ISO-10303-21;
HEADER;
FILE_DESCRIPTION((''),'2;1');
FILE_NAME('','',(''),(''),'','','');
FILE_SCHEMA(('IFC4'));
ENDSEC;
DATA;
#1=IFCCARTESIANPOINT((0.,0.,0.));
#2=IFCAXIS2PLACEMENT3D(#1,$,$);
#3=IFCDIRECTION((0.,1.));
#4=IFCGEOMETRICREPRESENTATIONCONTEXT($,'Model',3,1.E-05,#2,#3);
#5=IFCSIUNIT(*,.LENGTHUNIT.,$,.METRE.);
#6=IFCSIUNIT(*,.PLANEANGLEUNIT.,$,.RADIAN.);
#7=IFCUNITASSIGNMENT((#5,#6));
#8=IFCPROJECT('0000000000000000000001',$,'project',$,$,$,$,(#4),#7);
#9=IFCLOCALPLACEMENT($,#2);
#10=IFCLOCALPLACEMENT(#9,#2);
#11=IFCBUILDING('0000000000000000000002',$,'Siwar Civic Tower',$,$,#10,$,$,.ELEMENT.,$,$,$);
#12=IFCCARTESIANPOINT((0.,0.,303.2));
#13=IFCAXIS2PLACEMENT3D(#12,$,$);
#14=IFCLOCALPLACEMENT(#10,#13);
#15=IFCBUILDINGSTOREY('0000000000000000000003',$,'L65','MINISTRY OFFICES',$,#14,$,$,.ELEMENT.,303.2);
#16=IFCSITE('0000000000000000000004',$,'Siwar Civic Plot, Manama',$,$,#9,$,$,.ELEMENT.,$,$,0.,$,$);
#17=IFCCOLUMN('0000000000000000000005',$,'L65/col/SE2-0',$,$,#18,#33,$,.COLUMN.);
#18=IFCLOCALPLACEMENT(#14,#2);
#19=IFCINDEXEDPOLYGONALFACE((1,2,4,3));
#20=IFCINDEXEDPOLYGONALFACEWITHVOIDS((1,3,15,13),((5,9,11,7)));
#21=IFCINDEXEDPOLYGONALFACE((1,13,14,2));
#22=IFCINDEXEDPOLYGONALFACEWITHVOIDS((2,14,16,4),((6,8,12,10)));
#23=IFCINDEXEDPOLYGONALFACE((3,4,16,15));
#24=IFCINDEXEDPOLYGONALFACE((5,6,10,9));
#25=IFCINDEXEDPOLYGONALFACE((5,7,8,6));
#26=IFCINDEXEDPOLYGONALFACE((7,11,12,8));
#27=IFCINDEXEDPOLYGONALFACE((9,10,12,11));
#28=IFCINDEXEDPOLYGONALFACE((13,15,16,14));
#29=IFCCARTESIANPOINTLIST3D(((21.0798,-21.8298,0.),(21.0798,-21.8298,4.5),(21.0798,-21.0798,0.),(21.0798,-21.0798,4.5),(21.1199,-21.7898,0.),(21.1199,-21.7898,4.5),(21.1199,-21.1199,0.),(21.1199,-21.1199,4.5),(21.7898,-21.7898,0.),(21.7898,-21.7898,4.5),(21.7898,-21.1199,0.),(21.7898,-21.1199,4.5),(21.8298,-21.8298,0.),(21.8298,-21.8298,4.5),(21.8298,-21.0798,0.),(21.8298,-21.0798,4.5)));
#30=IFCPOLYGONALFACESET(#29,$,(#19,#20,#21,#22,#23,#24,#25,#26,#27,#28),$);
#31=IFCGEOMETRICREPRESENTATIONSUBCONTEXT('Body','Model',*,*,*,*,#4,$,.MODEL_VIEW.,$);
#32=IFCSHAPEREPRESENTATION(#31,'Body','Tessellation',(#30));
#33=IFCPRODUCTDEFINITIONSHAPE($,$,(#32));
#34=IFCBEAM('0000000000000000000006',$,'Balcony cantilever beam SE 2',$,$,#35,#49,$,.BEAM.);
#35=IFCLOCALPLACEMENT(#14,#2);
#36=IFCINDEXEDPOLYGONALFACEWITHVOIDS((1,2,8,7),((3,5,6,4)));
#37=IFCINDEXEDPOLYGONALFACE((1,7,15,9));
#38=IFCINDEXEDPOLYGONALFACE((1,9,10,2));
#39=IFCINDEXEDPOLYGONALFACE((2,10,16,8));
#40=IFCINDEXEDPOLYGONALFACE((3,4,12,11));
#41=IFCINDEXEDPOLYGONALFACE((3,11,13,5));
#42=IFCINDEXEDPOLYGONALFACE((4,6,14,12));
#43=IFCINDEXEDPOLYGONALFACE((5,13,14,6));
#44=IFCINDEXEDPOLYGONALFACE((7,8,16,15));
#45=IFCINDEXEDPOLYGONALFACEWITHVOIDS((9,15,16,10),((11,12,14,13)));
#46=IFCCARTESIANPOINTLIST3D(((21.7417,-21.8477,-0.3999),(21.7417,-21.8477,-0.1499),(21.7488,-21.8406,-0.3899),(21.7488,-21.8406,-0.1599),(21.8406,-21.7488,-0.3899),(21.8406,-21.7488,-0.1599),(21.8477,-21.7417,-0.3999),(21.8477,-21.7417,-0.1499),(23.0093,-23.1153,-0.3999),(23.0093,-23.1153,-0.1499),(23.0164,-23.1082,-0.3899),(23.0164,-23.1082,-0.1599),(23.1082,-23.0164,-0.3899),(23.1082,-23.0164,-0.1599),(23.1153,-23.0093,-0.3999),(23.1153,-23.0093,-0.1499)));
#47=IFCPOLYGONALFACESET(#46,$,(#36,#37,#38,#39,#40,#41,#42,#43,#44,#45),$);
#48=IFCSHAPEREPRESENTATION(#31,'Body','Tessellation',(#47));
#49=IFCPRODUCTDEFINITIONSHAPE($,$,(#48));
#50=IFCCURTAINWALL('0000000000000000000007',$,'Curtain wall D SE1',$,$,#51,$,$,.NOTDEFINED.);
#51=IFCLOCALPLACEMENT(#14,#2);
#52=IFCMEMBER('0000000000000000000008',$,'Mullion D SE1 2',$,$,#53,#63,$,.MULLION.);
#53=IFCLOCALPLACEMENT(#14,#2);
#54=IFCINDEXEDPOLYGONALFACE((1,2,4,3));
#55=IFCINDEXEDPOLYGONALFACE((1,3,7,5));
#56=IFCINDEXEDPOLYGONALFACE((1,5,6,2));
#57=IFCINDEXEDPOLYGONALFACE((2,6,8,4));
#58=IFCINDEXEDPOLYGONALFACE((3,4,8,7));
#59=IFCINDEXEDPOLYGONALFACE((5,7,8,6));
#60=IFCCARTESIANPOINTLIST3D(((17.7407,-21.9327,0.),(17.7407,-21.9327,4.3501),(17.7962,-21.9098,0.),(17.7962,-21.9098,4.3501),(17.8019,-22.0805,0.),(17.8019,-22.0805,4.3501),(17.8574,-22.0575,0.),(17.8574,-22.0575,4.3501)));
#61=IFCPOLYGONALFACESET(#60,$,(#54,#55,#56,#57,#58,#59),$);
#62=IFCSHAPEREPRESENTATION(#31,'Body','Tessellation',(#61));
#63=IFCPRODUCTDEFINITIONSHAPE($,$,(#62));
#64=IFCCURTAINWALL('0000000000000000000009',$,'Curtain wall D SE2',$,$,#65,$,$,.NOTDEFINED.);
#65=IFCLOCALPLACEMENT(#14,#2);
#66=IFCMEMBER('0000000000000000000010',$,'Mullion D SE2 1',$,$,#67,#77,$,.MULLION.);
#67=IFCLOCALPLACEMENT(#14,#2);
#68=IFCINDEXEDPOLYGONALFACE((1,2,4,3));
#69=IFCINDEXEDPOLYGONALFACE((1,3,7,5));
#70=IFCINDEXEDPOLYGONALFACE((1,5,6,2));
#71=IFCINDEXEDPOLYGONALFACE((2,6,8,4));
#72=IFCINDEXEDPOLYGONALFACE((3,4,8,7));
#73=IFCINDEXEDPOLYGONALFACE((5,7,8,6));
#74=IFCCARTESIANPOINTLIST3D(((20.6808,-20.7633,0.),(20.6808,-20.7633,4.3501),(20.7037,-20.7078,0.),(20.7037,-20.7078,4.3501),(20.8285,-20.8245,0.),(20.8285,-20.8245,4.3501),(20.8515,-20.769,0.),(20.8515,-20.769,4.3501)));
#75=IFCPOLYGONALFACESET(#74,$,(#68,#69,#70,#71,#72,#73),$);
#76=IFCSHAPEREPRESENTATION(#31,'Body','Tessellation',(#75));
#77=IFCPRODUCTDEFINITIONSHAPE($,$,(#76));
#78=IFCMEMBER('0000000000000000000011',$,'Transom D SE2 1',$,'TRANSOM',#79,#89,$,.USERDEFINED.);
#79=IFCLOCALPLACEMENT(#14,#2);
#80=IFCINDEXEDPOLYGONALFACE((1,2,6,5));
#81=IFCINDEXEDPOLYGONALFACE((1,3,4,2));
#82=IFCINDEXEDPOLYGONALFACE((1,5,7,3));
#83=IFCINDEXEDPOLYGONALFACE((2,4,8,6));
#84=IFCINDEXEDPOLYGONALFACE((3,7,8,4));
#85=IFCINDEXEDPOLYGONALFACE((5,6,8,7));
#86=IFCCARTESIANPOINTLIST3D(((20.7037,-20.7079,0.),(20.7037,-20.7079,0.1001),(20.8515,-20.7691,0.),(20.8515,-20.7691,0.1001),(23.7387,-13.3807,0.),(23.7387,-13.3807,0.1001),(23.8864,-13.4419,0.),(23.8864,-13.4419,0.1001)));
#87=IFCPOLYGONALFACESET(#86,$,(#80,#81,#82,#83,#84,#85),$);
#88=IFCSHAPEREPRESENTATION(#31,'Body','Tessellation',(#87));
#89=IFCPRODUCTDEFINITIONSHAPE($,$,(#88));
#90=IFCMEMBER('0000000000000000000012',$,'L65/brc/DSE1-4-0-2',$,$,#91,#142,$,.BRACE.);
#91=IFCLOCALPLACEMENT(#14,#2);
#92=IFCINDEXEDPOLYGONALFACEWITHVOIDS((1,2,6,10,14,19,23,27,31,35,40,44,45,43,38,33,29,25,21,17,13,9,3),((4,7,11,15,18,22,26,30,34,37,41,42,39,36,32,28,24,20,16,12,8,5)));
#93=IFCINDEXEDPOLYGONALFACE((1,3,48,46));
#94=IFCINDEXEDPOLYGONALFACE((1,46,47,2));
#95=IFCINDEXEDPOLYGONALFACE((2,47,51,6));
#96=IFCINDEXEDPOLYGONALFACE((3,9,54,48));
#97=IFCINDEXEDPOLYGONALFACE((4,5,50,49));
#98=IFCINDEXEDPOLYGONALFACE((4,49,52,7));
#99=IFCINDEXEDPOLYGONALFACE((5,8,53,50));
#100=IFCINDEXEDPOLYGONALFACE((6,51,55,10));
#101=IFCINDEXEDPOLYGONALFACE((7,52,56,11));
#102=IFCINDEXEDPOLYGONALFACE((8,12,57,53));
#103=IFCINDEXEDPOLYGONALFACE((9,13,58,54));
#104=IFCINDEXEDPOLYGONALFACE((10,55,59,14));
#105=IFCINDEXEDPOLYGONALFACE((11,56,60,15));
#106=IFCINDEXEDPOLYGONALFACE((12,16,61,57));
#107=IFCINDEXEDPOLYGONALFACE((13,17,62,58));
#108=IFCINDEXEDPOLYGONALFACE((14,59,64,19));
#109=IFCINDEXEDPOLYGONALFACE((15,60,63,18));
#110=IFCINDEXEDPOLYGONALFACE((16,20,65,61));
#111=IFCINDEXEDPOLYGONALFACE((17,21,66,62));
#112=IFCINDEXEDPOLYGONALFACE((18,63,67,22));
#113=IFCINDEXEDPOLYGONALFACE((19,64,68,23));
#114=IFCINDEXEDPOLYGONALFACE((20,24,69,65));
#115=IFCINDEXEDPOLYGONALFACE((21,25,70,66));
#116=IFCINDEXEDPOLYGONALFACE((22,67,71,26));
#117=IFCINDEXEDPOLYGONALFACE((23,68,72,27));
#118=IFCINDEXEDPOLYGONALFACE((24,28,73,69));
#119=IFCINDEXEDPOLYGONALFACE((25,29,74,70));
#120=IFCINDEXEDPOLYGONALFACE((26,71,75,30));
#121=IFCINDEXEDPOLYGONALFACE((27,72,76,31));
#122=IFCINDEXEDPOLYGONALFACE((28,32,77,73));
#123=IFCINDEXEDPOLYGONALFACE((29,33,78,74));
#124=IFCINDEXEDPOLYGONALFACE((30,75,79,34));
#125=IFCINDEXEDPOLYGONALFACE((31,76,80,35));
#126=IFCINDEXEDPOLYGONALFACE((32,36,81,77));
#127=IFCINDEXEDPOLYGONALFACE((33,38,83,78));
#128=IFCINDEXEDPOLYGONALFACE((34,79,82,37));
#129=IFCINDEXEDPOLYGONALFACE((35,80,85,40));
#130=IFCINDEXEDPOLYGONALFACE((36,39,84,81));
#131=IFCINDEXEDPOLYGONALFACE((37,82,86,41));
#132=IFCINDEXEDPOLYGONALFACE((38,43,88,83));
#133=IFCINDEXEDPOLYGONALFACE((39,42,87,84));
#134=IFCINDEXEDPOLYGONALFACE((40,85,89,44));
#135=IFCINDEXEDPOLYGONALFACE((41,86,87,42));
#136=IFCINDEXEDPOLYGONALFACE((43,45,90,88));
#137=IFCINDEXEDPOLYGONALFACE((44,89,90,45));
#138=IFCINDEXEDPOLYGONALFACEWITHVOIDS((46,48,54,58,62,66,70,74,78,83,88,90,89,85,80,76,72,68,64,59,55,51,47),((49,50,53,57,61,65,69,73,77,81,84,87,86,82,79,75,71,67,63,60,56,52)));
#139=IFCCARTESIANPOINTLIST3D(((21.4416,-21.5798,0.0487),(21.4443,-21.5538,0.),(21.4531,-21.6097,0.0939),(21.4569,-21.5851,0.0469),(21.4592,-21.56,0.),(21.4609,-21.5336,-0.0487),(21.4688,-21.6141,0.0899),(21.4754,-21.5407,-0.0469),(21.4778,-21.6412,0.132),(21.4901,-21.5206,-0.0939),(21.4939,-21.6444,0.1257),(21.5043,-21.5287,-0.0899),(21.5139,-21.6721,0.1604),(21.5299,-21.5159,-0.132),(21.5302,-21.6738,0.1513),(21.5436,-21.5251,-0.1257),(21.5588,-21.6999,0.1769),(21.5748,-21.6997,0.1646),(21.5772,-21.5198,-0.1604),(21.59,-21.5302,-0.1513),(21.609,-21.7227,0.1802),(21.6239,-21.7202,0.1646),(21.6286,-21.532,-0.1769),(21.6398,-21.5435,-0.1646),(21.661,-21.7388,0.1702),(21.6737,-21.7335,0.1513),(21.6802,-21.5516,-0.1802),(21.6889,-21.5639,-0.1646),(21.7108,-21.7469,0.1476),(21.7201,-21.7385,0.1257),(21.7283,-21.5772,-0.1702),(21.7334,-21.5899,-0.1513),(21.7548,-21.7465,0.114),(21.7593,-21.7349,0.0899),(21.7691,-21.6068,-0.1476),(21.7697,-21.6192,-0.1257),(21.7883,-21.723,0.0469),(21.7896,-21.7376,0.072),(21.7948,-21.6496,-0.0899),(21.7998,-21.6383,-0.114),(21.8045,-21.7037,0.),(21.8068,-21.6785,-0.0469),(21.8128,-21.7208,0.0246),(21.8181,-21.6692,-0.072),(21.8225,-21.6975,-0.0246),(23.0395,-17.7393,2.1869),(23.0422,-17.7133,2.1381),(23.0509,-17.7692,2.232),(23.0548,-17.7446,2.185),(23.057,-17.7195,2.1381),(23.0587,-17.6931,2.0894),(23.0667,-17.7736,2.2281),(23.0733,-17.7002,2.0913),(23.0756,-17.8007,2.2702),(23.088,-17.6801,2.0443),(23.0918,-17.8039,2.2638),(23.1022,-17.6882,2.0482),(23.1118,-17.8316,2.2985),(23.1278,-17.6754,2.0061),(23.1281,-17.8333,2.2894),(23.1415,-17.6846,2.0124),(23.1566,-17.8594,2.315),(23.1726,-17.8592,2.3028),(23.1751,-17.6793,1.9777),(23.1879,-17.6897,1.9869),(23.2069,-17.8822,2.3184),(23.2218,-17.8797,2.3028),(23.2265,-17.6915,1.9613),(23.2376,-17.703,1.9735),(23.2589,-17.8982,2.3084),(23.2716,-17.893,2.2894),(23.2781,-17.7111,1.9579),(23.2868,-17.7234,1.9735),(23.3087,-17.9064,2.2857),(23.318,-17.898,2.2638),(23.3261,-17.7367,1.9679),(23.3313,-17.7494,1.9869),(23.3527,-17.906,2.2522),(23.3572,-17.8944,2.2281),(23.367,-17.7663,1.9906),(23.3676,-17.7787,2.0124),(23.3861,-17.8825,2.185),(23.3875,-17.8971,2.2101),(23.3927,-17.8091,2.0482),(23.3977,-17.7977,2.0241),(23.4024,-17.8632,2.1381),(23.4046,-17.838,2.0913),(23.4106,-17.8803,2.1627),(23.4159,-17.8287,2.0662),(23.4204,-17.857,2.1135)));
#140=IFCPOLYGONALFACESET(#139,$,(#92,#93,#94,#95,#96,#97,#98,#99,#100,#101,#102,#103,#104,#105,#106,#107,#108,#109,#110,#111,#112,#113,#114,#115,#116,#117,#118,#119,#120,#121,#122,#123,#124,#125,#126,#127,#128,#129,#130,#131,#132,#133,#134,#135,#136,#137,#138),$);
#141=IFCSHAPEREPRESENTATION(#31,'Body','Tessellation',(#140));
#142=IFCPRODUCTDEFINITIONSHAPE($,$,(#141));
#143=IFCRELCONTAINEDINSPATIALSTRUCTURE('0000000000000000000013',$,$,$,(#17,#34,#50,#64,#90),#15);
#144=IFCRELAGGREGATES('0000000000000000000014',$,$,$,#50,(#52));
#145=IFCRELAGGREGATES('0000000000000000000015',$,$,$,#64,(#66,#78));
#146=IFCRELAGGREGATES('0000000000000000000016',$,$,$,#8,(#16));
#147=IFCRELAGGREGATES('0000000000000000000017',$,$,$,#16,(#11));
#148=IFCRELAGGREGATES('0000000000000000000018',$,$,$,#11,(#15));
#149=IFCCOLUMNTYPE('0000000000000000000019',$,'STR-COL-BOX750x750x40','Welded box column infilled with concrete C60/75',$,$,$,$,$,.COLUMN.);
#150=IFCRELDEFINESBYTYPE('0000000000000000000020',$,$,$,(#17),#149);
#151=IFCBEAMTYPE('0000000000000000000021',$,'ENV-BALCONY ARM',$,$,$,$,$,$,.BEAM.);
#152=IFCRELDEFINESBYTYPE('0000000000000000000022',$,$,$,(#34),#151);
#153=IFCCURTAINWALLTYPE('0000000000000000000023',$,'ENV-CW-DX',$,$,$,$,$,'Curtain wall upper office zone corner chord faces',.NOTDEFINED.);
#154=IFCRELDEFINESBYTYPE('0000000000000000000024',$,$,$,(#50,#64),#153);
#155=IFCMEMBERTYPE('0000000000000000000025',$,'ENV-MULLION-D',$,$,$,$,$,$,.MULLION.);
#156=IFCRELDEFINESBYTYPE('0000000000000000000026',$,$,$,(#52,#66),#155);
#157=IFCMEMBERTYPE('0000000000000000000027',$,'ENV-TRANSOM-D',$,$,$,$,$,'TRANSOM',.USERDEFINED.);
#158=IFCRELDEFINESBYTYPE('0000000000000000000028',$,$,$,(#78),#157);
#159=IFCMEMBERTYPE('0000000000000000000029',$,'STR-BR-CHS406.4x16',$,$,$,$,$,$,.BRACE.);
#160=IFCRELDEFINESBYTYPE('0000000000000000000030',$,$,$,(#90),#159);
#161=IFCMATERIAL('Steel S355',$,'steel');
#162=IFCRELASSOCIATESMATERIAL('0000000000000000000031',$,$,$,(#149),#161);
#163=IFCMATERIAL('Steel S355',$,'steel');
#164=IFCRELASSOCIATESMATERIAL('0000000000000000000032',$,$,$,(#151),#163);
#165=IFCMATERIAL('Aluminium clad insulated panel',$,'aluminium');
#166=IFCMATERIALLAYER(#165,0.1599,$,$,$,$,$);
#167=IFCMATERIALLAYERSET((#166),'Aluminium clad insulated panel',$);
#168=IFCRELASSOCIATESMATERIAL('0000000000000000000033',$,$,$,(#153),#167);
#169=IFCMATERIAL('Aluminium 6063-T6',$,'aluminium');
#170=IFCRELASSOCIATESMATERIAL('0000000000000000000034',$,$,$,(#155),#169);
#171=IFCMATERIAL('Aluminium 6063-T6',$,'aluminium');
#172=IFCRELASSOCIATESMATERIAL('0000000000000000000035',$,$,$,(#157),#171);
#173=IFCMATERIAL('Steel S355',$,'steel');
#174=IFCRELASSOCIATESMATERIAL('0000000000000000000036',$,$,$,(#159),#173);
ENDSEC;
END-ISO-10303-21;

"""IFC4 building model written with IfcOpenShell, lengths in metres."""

from ifc_helpers import new_model, si_unit, direction, frame, origin, origin_2d, place, context, subcontext, project, spatial, rectangle, hollow_rectangle, hollow_circle, extrude, material, layer, layer_set, material_profile, profile_set, type_object, element, aggregate, save


model = new_model("IFC4")

# Units and contexts
model_context = context("Model", 3, precision=1e-05, world=origin(), true_north=direction((0.0, 1.0)))
body_context = subcontext(model_context, "Body", "Model", "MODEL_VIEW")
ifc_project = project(units=[si_unit("LENGTHUNIT", "METRE"), si_unit("PLANEANGLEUNIT", "RADIAN")], contexts=[model_context])

# Site, building, storey
site_placement = place(None, origin())
site = spatial("IfcSite", under=ifc_project, at=site_placement, Name="Siwar Civic Plot, Manama", CompositionType="ELEMENT", RefElevation=0.0)
building_placement = place(site_placement, origin())
building = spatial("IfcBuilding", under=site, at=building_placement, Name="Siwar Civic Tower", CompositionType="ELEMENT")
storey_placement = place(building_placement, frame((0.0, 0.0, 303.2)))
storey = spatial("IfcBuildingStorey", under=building, at=storey_placement, Name="L65", Description="MINISTRY OFFICES", CompositionType="ELEMENT", Elevation=303.2)

# Column
ifc_material_1 = material(Name="Steel S355", Category="steel")
ifc_material_profile_1 = material_profile(ifc_material_1, hollow_rectangle(XDim=0.75, YDim=0.75, WallThickness=0.04, at=origin_2d()), Name="BOX750x750x40")
ifc_profile_set_1 = profile_set([ifc_material_profile_1], Name="Steel S355")
column_type = type_object("IfcColumnType", Name="STR-COL-BOX750x750x40", Description="Welded box column infilled with concrete C60/75", PredefinedType="COLUMN", material=ifc_profile_set_1)
column_placement = place(storey_placement, frame((21.4548, -21.4548, 0.0), z_axis=(0.0, 0.0, 1.0), x_axis=(1.0, 0.0, 0.0)))
element("IfcColumn", 1, at=column_placement, inside=storey, type_object=column_type, Name="L65/col/SE2-0", PredefinedType="COLUMN", context=body_context, shape_type="SweptSolid", body=[
    extrude(hollow_rectangle(XDim=0.75, YDim=0.75, WallThickness=0.04, at=origin_2d()), origin(), (0.0, 0.0, 1.0), 4.5),
])

# Beam
ifc_material_2 = material(Name="Steel S355", Category="steel")
ifc_material_profile_2 = material_profile(ifc_material_2, hollow_rectangle(XDim=0.1499, YDim=0.25, WallThickness=0.01, at=origin_2d()), Name="RHS250x150x10")
ifc_profile_set_2 = profile_set([ifc_material_profile_2], Name="Steel S355")
beam_type_1 = type_object("IfcBeamType", Name="ENV-BALCONY ARM", PredefinedType="BEAM", material=ifc_profile_set_2)
beam_1_placement = place(storey_placement, frame((21.7947, -21.7947, -0.2749), z_axis=(0.707107, -0.707107, 0.0), x_axis=(0.707107, 0.707107, 0.0)))
element("IfcBeam", 2, at=beam_1_placement, inside=storey, type_object=beam_type_1, Name="Balcony cantilever beam SE 2", PredefinedType="BEAM", context=body_context, shape_type="SweptSolid", body=[
    extrude(hollow_rectangle(XDim=0.1499, YDim=0.25, WallThickness=0.01, at=origin_2d()), origin(), (0.0, 0.0, 1.0), 1.7927),
])

# Curtain wall, member
ifc_material_3 = material(Name="Aluminium clad insulated panel", Category="aluminium")
ifc_layer_1 = layer(ifc_material_3, 0.1599)
ifc_layer_set_1 = layer_set([ifc_layer_1], Name="Aluminium clad insulated panel")
curtain_wall_type = type_object("IfcCurtainWallType", Name="ENV-CW-DX", ElementType="Curtain wall upper office zone corner chord faces", PredefinedType="NOTDEFINED", material=ifc_layer_set_1)
curtain_wall_1_placement = place(storey_placement, origin())
curtain_wall_1 = element("IfcCurtainWall", 3, at=curtain_wall_1_placement, inside=storey, type_object=curtain_wall_type, Name="Curtain wall D SE1", PredefinedType="NOTDEFINED")
ifc_material_4 = material(Name="Aluminium 6063-T6", Category="aluminium")
ifc_material_profile_3 = material_profile(ifc_material_4, rectangle(XDim=0.1599, YDim=0.0601, at=origin_2d()), Name="AL 160x60")
ifc_profile_set_3 = profile_set([ifc_material_profile_3], Name="Aluminium 6063-T6")
member_type_1 = type_object("IfcMemberType", Name="ENV-MULLION-D", PredefinedType="MULLION", material=ifc_profile_set_3)
member_1_placement = place(storey_placement, frame((17.7991, -21.9951, 0.0), z_axis=(0.0, 0.0, 1.0), x_axis=(-0.382683, 0.92388, 0.0)))
member_1 = element("IfcMember", 4, at=member_1_placement, type_object=member_type_1, Name="Mullion D SE1 2", PredefinedType="MULLION", context=body_context, shape_type="SweptSolid", body=[
    extrude(rectangle(XDim=0.1599, YDim=0.0601, at=origin_2d()), origin(), (0.0, 0.0, 1.0), 4.3501),
])

# Curtain wall, members
curtain_wall_2_placement = place(storey_placement, origin())
curtain_wall_2 = element("IfcCurtainWall", 5, at=curtain_wall_2_placement, inside=storey, type_object=curtain_wall_type, Name="Curtain wall D SE2", PredefinedType="NOTDEFINED")
member_2_placement = place(storey_placement, frame((20.7661, -20.7661, 0.0), z_axis=(0.0, 0.0, 1.0), x_axis=(-0.92388, 0.382683, 0.0)))
member_2 = element("IfcMember", 6, at=member_2_placement, type_object=member_type_1, Name="Mullion D SE2 1", PredefinedType="MULLION", context=body_context, shape_type="SweptSolid", body=[
    extrude(rectangle(XDim=0.1599, YDim=0.0601, at=origin_2d()), origin(), (0.0, 0.0, 1.0), 4.3501),
])
ifc_material_5 = material(Name="Aluminium 6063-T6", Category="aluminium")
ifc_material_profile_4 = material_profile(ifc_material_5, rectangle(XDim=0.1599, YDim=0.1001, at=origin_2d()), Name="AL 160x100")
ifc_profile_set_4 = profile_set([ifc_material_profile_4], Name="Aluminium 6063-T6")
member_type_2 = type_object("IfcMemberType", Name="ENV-TRANSOM-D", ElementType="TRANSOM", PredefinedType="USERDEFINED", material=ifc_profile_set_4)
member_3_placement = place(storey_placement, frame((20.7776, -20.7385, 0.05), z_axis=(0.382674, 0.923884, 0.0), x_axis=(-0.923884, 0.382674, 0.0)))
member_3 = element("IfcMember", 7, at=member_3_placement, type_object=member_type_2, Name="Transom D SE2 1", ObjectType="TRANSOM", PredefinedType="USERDEFINED", context=body_context, shape_type="SweptSolid", body=[
    extrude(rectangle(XDim=0.1599, YDim=0.1001, at=origin_2d()), origin(), (0.0, 0.0, 1.0), 7.9309),
])

# Member
ifc_material_6 = material(Name="Steel S355", Category="steel")
ifc_material_profile_5 = material_profile(ifc_material_6, hollow_circle(Radius=0.2031, WallThickness=0.0161, at=origin_2d()), Name="CHS406.4x16")
ifc_profile_set_5 = profile_set([ifc_material_profile_5], Name="Steel S355")
member_type_3 = type_object("IfcMemberType", Name="STR-BR-CHS406.4x16", PredefinedType="BRACE", material=ifc_profile_set_5)
member_4_placement = place(storey_placement, frame((21.6318, -21.6318, 0.0), z_axis=(0.341644, 0.821147, 0.457161), x_axis=(-0.923276, 0.384136, 0.0)))
element("IfcMember", 8, at=member_4_placement, inside=storey, type_object=member_type_3, Name="L65/brc/DSE1-4-0-2", PredefinedType="BRACE", context=body_context, shape_type="SweptSolid", body=[
    extrude(hollow_circle(Radius=0.2031, WallThickness=0.0161, at=origin_2d()), origin(), (0.0, 0.0, 1.0), 4.677),
])

aggregate(curtain_wall_1, [member_1])
aggregate(curtain_wall_2, [member_2, member_3])

save(model, "model.ifc")
